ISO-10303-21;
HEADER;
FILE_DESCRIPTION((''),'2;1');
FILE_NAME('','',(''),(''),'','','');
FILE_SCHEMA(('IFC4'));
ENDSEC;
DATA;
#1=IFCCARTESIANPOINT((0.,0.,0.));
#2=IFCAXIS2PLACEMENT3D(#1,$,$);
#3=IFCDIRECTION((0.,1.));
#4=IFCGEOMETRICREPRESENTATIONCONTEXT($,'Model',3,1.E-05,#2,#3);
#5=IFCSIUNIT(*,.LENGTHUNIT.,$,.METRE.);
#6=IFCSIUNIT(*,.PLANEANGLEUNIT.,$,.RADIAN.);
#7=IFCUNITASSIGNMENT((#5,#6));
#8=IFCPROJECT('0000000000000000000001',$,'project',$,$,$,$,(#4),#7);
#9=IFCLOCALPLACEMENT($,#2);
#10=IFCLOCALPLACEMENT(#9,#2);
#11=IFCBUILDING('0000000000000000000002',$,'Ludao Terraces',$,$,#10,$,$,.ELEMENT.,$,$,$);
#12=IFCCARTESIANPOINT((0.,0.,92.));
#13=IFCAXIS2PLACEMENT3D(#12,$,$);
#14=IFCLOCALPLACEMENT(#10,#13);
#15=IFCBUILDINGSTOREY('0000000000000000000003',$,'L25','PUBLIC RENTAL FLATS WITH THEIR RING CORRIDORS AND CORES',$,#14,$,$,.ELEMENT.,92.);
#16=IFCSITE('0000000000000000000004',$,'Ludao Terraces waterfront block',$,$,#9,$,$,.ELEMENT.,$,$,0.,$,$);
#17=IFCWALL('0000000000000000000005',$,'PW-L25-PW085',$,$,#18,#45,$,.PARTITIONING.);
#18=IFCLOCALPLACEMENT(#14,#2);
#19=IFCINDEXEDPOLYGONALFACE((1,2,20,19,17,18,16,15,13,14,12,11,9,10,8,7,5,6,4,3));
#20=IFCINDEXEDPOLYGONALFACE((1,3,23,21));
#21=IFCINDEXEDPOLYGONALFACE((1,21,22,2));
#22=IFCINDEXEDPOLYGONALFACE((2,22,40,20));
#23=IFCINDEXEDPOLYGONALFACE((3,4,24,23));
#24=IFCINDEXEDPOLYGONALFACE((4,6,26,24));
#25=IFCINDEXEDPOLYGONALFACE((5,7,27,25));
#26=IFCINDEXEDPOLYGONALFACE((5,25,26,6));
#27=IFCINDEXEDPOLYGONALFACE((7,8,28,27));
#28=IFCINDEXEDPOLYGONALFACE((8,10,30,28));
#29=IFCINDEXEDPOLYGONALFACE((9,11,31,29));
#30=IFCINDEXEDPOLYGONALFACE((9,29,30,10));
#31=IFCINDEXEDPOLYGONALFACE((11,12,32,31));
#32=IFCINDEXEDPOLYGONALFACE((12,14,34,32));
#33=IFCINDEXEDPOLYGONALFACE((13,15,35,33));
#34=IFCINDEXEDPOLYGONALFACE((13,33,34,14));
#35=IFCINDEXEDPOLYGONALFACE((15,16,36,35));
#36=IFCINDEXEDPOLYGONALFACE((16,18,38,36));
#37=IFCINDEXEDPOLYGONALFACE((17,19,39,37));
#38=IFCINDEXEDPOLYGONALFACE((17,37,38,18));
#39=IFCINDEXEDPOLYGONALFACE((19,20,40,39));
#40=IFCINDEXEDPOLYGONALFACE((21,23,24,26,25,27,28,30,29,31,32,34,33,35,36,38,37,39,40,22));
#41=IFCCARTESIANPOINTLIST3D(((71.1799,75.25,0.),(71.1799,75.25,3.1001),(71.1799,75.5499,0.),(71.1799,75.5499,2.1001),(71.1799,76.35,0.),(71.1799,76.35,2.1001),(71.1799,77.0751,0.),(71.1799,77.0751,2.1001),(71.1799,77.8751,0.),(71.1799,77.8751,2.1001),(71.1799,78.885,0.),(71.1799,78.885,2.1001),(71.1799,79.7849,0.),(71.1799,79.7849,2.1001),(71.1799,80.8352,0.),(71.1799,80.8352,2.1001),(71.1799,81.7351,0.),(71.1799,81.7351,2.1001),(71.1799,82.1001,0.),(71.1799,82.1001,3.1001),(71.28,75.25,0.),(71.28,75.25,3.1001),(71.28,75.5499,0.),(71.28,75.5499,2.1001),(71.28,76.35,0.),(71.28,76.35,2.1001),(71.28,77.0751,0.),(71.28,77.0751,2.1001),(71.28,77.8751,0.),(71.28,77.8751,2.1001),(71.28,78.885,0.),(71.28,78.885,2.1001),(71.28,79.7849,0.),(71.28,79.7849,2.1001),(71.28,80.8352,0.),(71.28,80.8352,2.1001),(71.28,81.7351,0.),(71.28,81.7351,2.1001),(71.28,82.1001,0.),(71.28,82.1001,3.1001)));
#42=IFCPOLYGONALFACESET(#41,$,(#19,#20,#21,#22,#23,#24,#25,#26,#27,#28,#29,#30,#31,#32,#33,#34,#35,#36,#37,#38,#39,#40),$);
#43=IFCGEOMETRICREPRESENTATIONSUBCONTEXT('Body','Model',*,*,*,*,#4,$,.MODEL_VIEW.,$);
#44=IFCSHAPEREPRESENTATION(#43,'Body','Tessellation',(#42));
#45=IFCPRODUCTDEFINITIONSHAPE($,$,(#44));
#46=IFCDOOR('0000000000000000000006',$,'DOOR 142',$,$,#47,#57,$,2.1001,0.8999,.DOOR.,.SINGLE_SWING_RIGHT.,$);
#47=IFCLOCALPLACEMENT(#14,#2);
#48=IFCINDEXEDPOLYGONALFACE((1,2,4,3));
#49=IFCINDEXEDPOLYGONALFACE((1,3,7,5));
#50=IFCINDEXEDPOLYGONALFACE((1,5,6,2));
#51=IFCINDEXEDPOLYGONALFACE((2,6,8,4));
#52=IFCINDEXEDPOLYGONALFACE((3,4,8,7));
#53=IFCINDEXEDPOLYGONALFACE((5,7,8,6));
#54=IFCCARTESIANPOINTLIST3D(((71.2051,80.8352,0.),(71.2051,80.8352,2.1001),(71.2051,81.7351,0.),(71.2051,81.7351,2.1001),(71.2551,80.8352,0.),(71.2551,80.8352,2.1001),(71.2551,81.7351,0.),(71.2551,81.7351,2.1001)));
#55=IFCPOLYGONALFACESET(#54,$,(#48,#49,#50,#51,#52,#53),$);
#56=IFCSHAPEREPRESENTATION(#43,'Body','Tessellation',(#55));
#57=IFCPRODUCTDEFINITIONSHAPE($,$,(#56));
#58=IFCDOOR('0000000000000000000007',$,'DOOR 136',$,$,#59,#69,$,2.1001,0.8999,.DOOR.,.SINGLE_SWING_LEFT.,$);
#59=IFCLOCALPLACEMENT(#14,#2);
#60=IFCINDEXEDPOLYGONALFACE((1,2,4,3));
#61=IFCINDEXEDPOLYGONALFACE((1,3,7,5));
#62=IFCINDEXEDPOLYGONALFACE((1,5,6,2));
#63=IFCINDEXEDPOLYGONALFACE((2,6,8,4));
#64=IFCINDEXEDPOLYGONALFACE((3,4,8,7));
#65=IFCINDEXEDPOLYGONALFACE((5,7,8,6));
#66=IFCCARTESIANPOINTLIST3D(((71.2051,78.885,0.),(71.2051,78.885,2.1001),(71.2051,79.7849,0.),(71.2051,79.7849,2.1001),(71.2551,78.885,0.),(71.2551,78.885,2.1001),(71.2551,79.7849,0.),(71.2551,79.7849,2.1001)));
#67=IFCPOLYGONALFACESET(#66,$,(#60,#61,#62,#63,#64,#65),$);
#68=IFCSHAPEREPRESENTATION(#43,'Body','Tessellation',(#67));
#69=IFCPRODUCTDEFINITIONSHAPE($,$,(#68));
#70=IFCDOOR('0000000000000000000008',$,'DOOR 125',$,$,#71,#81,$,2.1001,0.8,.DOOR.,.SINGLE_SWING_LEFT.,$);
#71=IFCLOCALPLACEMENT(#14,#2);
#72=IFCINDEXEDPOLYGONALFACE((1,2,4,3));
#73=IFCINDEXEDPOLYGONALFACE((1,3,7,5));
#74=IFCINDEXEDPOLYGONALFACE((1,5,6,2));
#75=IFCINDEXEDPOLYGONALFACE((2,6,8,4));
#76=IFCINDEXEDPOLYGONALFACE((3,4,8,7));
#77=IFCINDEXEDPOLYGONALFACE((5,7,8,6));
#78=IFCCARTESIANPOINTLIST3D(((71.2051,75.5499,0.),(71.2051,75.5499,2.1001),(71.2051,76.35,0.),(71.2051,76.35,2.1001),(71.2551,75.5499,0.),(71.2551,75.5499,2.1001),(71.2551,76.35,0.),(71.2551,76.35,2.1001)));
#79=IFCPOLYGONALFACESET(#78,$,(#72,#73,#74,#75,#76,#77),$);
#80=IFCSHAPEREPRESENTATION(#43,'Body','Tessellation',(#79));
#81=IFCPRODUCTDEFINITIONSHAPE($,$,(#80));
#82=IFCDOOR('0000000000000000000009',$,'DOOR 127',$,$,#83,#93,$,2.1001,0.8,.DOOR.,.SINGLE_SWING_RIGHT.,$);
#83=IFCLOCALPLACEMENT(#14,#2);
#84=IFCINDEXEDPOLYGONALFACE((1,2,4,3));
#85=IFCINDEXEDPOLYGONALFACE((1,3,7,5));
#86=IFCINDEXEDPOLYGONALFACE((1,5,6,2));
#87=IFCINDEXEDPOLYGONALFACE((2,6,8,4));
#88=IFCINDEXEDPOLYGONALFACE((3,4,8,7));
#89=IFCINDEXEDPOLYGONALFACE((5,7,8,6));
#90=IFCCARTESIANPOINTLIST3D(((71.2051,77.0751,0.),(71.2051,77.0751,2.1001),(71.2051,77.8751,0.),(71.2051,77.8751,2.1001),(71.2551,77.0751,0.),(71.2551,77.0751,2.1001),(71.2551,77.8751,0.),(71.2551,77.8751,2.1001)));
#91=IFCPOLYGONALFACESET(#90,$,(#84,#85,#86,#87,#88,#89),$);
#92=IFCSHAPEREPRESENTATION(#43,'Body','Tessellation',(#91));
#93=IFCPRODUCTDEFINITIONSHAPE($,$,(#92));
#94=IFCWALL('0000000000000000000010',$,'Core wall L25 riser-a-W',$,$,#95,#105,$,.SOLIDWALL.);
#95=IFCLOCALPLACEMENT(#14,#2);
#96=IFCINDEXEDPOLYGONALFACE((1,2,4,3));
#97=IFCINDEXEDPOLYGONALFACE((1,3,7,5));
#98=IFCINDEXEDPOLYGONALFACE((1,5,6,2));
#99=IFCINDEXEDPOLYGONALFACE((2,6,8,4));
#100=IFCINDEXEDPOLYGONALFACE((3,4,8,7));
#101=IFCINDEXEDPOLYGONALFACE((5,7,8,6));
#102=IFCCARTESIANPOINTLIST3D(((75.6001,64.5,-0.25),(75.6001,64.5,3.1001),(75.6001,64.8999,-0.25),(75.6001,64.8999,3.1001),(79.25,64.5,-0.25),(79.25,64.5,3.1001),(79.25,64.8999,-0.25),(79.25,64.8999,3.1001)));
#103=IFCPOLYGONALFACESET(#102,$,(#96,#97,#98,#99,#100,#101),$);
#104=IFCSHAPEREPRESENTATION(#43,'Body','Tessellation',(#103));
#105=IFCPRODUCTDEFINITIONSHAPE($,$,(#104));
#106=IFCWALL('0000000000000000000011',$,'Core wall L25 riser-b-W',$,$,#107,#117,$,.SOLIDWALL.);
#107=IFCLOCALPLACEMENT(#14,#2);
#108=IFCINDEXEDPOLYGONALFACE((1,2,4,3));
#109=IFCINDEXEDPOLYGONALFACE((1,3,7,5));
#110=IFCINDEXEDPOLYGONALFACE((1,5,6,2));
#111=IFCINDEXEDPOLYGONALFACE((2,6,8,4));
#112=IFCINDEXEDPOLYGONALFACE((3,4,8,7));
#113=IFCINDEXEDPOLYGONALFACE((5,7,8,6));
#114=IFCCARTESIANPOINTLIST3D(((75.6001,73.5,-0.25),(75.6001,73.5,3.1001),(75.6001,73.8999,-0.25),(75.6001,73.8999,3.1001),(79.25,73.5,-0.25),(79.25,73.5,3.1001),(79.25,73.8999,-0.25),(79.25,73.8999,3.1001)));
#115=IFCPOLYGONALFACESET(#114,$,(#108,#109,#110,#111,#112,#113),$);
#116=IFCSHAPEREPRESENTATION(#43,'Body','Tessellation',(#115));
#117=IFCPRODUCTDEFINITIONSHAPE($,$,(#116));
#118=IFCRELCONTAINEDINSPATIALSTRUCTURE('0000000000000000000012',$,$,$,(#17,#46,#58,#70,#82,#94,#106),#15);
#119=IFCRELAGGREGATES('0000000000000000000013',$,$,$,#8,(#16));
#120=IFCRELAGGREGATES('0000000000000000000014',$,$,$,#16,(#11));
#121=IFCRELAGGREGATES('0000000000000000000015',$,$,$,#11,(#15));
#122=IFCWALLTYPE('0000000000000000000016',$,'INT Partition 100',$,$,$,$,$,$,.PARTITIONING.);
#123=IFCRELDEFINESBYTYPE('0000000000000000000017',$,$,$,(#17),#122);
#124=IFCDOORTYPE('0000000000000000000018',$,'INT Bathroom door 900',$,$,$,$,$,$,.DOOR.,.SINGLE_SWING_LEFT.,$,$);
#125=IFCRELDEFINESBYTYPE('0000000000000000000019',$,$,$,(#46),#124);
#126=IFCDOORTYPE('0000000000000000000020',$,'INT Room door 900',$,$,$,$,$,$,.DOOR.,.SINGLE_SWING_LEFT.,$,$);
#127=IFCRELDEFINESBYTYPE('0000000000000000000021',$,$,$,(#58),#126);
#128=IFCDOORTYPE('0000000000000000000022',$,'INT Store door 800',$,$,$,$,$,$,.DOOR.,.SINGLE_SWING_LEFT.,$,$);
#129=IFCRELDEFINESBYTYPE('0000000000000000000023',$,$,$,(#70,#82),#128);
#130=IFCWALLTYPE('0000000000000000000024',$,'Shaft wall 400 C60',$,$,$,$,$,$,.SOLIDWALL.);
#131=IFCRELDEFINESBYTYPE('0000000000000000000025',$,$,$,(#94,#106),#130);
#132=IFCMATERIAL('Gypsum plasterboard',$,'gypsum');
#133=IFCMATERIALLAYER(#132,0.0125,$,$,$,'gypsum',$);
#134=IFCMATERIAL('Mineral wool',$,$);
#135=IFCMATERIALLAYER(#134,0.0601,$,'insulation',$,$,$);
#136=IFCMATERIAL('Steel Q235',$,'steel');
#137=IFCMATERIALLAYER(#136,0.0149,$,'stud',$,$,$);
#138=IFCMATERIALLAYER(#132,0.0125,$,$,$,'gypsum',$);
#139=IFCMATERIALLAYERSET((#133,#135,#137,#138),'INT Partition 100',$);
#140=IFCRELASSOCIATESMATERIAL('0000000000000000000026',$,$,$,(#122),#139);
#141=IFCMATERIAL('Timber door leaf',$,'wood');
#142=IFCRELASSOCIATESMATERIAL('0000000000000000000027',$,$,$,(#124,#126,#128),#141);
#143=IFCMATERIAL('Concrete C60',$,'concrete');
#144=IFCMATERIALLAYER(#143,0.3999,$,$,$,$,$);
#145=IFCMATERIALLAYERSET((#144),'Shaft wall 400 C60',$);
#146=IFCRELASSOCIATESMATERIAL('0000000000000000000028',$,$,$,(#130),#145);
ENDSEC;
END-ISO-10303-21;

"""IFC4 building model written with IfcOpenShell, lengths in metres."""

from ifc_helpers import new_model, si_unit, direction, frame, frame_2d, origin, place, context, subcontext, project, spatial, rectangle, extrude, material, layer, layer_set, type_object, element, fill, save


model = new_model("IFC4")

# Units and contexts
model_context = context("Model", 3, precision=1e-05, world=origin(), true_north=direction((0.0, 1.0)))
body_context = subcontext(model_context, "Body", "Model", "MODEL_VIEW")
ifc_project = project(units=[si_unit("LENGTHUNIT", "METRE"), si_unit("PLANEANGLEUNIT", "RADIAN")], contexts=[model_context])

# Site, building, storey
site_placement = place(None, origin())
site = spatial("IfcSite", under=ifc_project, at=site_placement, Name="Ludao Terraces waterfront block", CompositionType="ELEMENT", RefElevation=0.0)
building_placement = place(site_placement, origin())
building = spatial("IfcBuilding", under=site, at=building_placement, Name="Ludao Terraces", CompositionType="ELEMENT")
storey_placement = place(building_placement, frame((0.0, 0.0, 92.0)))
storey = spatial("IfcBuildingStorey", under=building, at=storey_placement, Name="L25", Description="PUBLIC RENTAL FLATS WITH THEIR RING CORRIDORS AND CORES", CompositionType="ELEMENT", Elevation=92.0)

# Shared definitions
ifc_material_1 = material(Name="Steel Q235", Category="steel")

# Shared definitions
ifc_material_2 = material(Name="Mineral wool")
ifc_material_3 = material(Name="Gypsum plasterboard", Category="gypsum")
ifc_layer_1 = layer(ifc_material_3, 0.0125, Category="gypsum")
ifc_layer_2 = layer(ifc_material_2, 0.0601, Name="insulation")
ifc_layer_3 = layer(ifc_material_1, 0.0149, Name="stud")
ifc_layer_4 = layer(ifc_material_3, 0.0125, Category="gypsum")
ifc_layer_set_1 = layer_set([ifc_layer_1, ifc_layer_2, ifc_layer_3, ifc_layer_4], Name="INT Partition 100")
wall_type_1 = type_object("IfcWallType", Name="INT Partition 100", PredefinedType="PARTITIONING", material=ifc_layer_set_1)

# Wall, openings, doors
wall_1_placement = place(storey_placement, frame((71.23, 75.25, 0.0), z_axis=(0.0, 0.0, 1.0), x_axis=(0.0, 1.0, 0.0)))
wall_1 = element("IfcWall", 1, at=wall_1_placement, inside=storey, type_object=wall_type_1, Name="PW-L25-PW085", PredefinedType="PARTITIONING", context=body_context, shape_type="SweptSolid", body=[
    extrude(rectangle(XDim=6.8501, YDim=0.1001, at=frame_2d((3.425, 0.0))), origin(), (0.0, 0.0, 1.0), 3.1001),
])
opening_1_placement = place(wall_1_placement, frame((0.3, 0.0, 0.0)))
opening_1 = element("IfcOpeningElement", 2, at=opening_1_placement, cuts=wall_1, PredefinedType="OPENING", context=body_context, shape_type="SweptSolid", body=[
    extrude(rectangle(XDim=0.8, YDim=2.1001, at=frame_2d((0.3999, 1.05))), frame((0.0, 0.0601, 0.0), z_axis=(0.0, -1.0, 0.0), x_axis=(1.0, 0.0, 0.0)), (0.0, 0.0, 1.0), 0.1201),
])
opening_2_placement = place(wall_1_placement, frame((1.8252, 0.0, 0.0)))
opening_2 = element("IfcOpeningElement", 3, at=opening_2_placement, cuts=wall_1, PredefinedType="OPENING", context=body_context, shape_type="SweptSolid", body=[
    extrude(rectangle(XDim=0.8, YDim=2.1001, at=frame_2d((0.3999, 1.05))), frame((0.0, 0.0601, 0.0), z_axis=(0.0, -1.0, 0.0), x_axis=(1.0, 0.0, 0.0)), (0.0, 0.0, 1.0), 0.1201),
])
opening_3_placement = place(wall_1_placement, frame((3.635, 0.0, 0.0)))
opening_3 = element("IfcOpeningElement", 4, at=opening_3_placement, cuts=wall_1, PredefinedType="OPENING", context=body_context, shape_type="SweptSolid", body=[
    extrude(rectangle(XDim=0.8999, YDim=2.1001, at=frame_2d((0.45, 1.05))), frame((0.0, 0.0601, 0.0), z_axis=(0.0, -1.0, 0.0), x_axis=(1.0, 0.0, 0.0)), (0.0, 0.0, 1.0), 0.1201),
])
opening_4_placement = place(wall_1_placement, frame((5.5852, 0.0, 0.0)))
opening_4 = element("IfcOpeningElement", 5, at=opening_4_placement, cuts=wall_1, PredefinedType="OPENING", context=body_context, shape_type="SweptSolid", body=[
    extrude(rectangle(XDim=0.8999, YDim=2.1001, at=frame_2d((0.45, 1.05))), frame((0.0, 0.0601, 0.0), z_axis=(0.0, -1.0, 0.0), x_axis=(1.0, 0.0, 0.0)), (0.0, 0.0, 1.0), 0.1201),
])
ifc_material_4 = material(Name="Timber door leaf", Category="wood")
door_type_1 = type_object("IfcDoorType", Name="INT Bathroom door 900", OperationType="SINGLE_SWING_LEFT", PredefinedType="DOOR", material=ifc_material_4)
door_1_placement = place(opening_4_placement, origin())
door_1 = element("IfcDoor", 6, at=door_1_placement, inside=storey, type_object=door_type_1, Name="DOOR 142", OperationType="SINGLE_SWING_RIGHT", OverallHeight=2.1001, OverallWidth=0.8999, PredefinedType="DOOR", context=body_context, shape_type="SweptSolid", body=[
    extrude(rectangle(XDim=0.8999, YDim=2.1001, at=frame_2d((0.45, 1.05))), frame((0.0, 0.0249, 0.0), z_axis=(0.0, -1.0, 0.0), x_axis=(1.0, 0.0, 0.0)), (0.0, 0.0, 1.0), 0.05),
])
fill(opening_4, door_1)
door_type_2 = type_object("IfcDoorType", Name="INT Room door 900", OperationType="SINGLE_SWING_LEFT", PredefinedType="DOOR", material=ifc_material_4)
door_2_placement = place(opening_3_placement, origin())
door_2 = element("IfcDoor", 7, at=door_2_placement, inside=storey, type_object=door_type_2, Name="DOOR 136", OperationType="SINGLE_SWING_LEFT", OverallHeight=2.1001, OverallWidth=0.8999, PredefinedType="DOOR", context=body_context, shape_type="SweptSolid", body=[
    extrude(rectangle(XDim=0.8999, YDim=2.1001, at=frame_2d((0.45, 1.05))), frame((0.0, 0.0249, 0.0), z_axis=(0.0, -1.0, 0.0), x_axis=(1.0, 0.0, 0.0)), (0.0, 0.0, 1.0), 0.05),
])
fill(opening_3, door_2)
door_type_3 = type_object("IfcDoorType", Name="INT Store door 800", OperationType="SINGLE_SWING_LEFT", PredefinedType="DOOR", material=ifc_material_4)
door_3_placement = place(opening_1_placement, origin())
door_3 = element("IfcDoor", 8, at=door_3_placement, inside=storey, type_object=door_type_3, Name="DOOR 125", OperationType="SINGLE_SWING_LEFT", OverallHeight=2.1001, OverallWidth=0.8, PredefinedType="DOOR", context=body_context, shape_type="SweptSolid", body=[
    extrude(rectangle(XDim=0.8, YDim=2.1001, at=frame_2d((0.3999, 1.05))), frame((0.0, 0.0249, 0.0), z_axis=(0.0, -1.0, 0.0), x_axis=(1.0, 0.0, 0.0)), (0.0, 0.0, 1.0), 0.05),
])
fill(opening_1, door_3)
door_4_placement = place(opening_2_placement, origin())
door_4 = element("IfcDoor", 9, at=door_4_placement, inside=storey, type_object=door_type_3, Name="DOOR 127", OperationType="SINGLE_SWING_RIGHT", OverallHeight=2.1001, OverallWidth=0.8, PredefinedType="DOOR", context=body_context, shape_type="SweptSolid", body=[
    extrude(rectangle(XDim=0.8, YDim=2.1001, at=frame_2d((0.3999, 1.05))), frame((0.0, 0.0249, 0.0), z_axis=(0.0, -1.0, 0.0), x_axis=(1.0, 0.0, 0.0)), (0.0, 0.0, 1.0), 0.05),
])
fill(opening_2, door_4)

# Walls
ifc_material_5 = material(Name="Concrete C60", Category="concrete")
ifc_layer_5 = layer(ifc_material_5, 0.3999)
ifc_layer_set_2 = layer_set([ifc_layer_5], Name="Shaft wall 400 C60")
wall_type_2 = type_object("IfcWallType", Name="Shaft wall 400 C60", PredefinedType="SOLIDWALL", material=ifc_layer_set_2)
for number, where, z_axis, x_axis, name in (
    (10, (75.6001, 64.7, -0.25), (0.0, 0.0, 1.0), (1.0, 0.0, 0.0), "Core wall L25 riser-a-W"),
    (11, (75.6001, 73.7, -0.25), (0.0, 0.0, 1.0), (1.0, 0.0, 0.0), "Core wall L25 riser-b-W"),
):
    element("IfcWall", number, at=place(storey_placement, frame(where, z_axis=z_axis, x_axis=x_axis)), inside=storey, type_object=wall_type_2, Name=name, PredefinedType="SOLIDWALL", context=body_context, shape_type="SweptSolid", body=[
        extrude(rectangle(XDim=3.6499, YDim=0.3999, at=frame_2d((1.825, 0.0))), origin(), (0.0, 0.0, 1.0), 3.3501),
    ])

save(model, "model.ifc")
